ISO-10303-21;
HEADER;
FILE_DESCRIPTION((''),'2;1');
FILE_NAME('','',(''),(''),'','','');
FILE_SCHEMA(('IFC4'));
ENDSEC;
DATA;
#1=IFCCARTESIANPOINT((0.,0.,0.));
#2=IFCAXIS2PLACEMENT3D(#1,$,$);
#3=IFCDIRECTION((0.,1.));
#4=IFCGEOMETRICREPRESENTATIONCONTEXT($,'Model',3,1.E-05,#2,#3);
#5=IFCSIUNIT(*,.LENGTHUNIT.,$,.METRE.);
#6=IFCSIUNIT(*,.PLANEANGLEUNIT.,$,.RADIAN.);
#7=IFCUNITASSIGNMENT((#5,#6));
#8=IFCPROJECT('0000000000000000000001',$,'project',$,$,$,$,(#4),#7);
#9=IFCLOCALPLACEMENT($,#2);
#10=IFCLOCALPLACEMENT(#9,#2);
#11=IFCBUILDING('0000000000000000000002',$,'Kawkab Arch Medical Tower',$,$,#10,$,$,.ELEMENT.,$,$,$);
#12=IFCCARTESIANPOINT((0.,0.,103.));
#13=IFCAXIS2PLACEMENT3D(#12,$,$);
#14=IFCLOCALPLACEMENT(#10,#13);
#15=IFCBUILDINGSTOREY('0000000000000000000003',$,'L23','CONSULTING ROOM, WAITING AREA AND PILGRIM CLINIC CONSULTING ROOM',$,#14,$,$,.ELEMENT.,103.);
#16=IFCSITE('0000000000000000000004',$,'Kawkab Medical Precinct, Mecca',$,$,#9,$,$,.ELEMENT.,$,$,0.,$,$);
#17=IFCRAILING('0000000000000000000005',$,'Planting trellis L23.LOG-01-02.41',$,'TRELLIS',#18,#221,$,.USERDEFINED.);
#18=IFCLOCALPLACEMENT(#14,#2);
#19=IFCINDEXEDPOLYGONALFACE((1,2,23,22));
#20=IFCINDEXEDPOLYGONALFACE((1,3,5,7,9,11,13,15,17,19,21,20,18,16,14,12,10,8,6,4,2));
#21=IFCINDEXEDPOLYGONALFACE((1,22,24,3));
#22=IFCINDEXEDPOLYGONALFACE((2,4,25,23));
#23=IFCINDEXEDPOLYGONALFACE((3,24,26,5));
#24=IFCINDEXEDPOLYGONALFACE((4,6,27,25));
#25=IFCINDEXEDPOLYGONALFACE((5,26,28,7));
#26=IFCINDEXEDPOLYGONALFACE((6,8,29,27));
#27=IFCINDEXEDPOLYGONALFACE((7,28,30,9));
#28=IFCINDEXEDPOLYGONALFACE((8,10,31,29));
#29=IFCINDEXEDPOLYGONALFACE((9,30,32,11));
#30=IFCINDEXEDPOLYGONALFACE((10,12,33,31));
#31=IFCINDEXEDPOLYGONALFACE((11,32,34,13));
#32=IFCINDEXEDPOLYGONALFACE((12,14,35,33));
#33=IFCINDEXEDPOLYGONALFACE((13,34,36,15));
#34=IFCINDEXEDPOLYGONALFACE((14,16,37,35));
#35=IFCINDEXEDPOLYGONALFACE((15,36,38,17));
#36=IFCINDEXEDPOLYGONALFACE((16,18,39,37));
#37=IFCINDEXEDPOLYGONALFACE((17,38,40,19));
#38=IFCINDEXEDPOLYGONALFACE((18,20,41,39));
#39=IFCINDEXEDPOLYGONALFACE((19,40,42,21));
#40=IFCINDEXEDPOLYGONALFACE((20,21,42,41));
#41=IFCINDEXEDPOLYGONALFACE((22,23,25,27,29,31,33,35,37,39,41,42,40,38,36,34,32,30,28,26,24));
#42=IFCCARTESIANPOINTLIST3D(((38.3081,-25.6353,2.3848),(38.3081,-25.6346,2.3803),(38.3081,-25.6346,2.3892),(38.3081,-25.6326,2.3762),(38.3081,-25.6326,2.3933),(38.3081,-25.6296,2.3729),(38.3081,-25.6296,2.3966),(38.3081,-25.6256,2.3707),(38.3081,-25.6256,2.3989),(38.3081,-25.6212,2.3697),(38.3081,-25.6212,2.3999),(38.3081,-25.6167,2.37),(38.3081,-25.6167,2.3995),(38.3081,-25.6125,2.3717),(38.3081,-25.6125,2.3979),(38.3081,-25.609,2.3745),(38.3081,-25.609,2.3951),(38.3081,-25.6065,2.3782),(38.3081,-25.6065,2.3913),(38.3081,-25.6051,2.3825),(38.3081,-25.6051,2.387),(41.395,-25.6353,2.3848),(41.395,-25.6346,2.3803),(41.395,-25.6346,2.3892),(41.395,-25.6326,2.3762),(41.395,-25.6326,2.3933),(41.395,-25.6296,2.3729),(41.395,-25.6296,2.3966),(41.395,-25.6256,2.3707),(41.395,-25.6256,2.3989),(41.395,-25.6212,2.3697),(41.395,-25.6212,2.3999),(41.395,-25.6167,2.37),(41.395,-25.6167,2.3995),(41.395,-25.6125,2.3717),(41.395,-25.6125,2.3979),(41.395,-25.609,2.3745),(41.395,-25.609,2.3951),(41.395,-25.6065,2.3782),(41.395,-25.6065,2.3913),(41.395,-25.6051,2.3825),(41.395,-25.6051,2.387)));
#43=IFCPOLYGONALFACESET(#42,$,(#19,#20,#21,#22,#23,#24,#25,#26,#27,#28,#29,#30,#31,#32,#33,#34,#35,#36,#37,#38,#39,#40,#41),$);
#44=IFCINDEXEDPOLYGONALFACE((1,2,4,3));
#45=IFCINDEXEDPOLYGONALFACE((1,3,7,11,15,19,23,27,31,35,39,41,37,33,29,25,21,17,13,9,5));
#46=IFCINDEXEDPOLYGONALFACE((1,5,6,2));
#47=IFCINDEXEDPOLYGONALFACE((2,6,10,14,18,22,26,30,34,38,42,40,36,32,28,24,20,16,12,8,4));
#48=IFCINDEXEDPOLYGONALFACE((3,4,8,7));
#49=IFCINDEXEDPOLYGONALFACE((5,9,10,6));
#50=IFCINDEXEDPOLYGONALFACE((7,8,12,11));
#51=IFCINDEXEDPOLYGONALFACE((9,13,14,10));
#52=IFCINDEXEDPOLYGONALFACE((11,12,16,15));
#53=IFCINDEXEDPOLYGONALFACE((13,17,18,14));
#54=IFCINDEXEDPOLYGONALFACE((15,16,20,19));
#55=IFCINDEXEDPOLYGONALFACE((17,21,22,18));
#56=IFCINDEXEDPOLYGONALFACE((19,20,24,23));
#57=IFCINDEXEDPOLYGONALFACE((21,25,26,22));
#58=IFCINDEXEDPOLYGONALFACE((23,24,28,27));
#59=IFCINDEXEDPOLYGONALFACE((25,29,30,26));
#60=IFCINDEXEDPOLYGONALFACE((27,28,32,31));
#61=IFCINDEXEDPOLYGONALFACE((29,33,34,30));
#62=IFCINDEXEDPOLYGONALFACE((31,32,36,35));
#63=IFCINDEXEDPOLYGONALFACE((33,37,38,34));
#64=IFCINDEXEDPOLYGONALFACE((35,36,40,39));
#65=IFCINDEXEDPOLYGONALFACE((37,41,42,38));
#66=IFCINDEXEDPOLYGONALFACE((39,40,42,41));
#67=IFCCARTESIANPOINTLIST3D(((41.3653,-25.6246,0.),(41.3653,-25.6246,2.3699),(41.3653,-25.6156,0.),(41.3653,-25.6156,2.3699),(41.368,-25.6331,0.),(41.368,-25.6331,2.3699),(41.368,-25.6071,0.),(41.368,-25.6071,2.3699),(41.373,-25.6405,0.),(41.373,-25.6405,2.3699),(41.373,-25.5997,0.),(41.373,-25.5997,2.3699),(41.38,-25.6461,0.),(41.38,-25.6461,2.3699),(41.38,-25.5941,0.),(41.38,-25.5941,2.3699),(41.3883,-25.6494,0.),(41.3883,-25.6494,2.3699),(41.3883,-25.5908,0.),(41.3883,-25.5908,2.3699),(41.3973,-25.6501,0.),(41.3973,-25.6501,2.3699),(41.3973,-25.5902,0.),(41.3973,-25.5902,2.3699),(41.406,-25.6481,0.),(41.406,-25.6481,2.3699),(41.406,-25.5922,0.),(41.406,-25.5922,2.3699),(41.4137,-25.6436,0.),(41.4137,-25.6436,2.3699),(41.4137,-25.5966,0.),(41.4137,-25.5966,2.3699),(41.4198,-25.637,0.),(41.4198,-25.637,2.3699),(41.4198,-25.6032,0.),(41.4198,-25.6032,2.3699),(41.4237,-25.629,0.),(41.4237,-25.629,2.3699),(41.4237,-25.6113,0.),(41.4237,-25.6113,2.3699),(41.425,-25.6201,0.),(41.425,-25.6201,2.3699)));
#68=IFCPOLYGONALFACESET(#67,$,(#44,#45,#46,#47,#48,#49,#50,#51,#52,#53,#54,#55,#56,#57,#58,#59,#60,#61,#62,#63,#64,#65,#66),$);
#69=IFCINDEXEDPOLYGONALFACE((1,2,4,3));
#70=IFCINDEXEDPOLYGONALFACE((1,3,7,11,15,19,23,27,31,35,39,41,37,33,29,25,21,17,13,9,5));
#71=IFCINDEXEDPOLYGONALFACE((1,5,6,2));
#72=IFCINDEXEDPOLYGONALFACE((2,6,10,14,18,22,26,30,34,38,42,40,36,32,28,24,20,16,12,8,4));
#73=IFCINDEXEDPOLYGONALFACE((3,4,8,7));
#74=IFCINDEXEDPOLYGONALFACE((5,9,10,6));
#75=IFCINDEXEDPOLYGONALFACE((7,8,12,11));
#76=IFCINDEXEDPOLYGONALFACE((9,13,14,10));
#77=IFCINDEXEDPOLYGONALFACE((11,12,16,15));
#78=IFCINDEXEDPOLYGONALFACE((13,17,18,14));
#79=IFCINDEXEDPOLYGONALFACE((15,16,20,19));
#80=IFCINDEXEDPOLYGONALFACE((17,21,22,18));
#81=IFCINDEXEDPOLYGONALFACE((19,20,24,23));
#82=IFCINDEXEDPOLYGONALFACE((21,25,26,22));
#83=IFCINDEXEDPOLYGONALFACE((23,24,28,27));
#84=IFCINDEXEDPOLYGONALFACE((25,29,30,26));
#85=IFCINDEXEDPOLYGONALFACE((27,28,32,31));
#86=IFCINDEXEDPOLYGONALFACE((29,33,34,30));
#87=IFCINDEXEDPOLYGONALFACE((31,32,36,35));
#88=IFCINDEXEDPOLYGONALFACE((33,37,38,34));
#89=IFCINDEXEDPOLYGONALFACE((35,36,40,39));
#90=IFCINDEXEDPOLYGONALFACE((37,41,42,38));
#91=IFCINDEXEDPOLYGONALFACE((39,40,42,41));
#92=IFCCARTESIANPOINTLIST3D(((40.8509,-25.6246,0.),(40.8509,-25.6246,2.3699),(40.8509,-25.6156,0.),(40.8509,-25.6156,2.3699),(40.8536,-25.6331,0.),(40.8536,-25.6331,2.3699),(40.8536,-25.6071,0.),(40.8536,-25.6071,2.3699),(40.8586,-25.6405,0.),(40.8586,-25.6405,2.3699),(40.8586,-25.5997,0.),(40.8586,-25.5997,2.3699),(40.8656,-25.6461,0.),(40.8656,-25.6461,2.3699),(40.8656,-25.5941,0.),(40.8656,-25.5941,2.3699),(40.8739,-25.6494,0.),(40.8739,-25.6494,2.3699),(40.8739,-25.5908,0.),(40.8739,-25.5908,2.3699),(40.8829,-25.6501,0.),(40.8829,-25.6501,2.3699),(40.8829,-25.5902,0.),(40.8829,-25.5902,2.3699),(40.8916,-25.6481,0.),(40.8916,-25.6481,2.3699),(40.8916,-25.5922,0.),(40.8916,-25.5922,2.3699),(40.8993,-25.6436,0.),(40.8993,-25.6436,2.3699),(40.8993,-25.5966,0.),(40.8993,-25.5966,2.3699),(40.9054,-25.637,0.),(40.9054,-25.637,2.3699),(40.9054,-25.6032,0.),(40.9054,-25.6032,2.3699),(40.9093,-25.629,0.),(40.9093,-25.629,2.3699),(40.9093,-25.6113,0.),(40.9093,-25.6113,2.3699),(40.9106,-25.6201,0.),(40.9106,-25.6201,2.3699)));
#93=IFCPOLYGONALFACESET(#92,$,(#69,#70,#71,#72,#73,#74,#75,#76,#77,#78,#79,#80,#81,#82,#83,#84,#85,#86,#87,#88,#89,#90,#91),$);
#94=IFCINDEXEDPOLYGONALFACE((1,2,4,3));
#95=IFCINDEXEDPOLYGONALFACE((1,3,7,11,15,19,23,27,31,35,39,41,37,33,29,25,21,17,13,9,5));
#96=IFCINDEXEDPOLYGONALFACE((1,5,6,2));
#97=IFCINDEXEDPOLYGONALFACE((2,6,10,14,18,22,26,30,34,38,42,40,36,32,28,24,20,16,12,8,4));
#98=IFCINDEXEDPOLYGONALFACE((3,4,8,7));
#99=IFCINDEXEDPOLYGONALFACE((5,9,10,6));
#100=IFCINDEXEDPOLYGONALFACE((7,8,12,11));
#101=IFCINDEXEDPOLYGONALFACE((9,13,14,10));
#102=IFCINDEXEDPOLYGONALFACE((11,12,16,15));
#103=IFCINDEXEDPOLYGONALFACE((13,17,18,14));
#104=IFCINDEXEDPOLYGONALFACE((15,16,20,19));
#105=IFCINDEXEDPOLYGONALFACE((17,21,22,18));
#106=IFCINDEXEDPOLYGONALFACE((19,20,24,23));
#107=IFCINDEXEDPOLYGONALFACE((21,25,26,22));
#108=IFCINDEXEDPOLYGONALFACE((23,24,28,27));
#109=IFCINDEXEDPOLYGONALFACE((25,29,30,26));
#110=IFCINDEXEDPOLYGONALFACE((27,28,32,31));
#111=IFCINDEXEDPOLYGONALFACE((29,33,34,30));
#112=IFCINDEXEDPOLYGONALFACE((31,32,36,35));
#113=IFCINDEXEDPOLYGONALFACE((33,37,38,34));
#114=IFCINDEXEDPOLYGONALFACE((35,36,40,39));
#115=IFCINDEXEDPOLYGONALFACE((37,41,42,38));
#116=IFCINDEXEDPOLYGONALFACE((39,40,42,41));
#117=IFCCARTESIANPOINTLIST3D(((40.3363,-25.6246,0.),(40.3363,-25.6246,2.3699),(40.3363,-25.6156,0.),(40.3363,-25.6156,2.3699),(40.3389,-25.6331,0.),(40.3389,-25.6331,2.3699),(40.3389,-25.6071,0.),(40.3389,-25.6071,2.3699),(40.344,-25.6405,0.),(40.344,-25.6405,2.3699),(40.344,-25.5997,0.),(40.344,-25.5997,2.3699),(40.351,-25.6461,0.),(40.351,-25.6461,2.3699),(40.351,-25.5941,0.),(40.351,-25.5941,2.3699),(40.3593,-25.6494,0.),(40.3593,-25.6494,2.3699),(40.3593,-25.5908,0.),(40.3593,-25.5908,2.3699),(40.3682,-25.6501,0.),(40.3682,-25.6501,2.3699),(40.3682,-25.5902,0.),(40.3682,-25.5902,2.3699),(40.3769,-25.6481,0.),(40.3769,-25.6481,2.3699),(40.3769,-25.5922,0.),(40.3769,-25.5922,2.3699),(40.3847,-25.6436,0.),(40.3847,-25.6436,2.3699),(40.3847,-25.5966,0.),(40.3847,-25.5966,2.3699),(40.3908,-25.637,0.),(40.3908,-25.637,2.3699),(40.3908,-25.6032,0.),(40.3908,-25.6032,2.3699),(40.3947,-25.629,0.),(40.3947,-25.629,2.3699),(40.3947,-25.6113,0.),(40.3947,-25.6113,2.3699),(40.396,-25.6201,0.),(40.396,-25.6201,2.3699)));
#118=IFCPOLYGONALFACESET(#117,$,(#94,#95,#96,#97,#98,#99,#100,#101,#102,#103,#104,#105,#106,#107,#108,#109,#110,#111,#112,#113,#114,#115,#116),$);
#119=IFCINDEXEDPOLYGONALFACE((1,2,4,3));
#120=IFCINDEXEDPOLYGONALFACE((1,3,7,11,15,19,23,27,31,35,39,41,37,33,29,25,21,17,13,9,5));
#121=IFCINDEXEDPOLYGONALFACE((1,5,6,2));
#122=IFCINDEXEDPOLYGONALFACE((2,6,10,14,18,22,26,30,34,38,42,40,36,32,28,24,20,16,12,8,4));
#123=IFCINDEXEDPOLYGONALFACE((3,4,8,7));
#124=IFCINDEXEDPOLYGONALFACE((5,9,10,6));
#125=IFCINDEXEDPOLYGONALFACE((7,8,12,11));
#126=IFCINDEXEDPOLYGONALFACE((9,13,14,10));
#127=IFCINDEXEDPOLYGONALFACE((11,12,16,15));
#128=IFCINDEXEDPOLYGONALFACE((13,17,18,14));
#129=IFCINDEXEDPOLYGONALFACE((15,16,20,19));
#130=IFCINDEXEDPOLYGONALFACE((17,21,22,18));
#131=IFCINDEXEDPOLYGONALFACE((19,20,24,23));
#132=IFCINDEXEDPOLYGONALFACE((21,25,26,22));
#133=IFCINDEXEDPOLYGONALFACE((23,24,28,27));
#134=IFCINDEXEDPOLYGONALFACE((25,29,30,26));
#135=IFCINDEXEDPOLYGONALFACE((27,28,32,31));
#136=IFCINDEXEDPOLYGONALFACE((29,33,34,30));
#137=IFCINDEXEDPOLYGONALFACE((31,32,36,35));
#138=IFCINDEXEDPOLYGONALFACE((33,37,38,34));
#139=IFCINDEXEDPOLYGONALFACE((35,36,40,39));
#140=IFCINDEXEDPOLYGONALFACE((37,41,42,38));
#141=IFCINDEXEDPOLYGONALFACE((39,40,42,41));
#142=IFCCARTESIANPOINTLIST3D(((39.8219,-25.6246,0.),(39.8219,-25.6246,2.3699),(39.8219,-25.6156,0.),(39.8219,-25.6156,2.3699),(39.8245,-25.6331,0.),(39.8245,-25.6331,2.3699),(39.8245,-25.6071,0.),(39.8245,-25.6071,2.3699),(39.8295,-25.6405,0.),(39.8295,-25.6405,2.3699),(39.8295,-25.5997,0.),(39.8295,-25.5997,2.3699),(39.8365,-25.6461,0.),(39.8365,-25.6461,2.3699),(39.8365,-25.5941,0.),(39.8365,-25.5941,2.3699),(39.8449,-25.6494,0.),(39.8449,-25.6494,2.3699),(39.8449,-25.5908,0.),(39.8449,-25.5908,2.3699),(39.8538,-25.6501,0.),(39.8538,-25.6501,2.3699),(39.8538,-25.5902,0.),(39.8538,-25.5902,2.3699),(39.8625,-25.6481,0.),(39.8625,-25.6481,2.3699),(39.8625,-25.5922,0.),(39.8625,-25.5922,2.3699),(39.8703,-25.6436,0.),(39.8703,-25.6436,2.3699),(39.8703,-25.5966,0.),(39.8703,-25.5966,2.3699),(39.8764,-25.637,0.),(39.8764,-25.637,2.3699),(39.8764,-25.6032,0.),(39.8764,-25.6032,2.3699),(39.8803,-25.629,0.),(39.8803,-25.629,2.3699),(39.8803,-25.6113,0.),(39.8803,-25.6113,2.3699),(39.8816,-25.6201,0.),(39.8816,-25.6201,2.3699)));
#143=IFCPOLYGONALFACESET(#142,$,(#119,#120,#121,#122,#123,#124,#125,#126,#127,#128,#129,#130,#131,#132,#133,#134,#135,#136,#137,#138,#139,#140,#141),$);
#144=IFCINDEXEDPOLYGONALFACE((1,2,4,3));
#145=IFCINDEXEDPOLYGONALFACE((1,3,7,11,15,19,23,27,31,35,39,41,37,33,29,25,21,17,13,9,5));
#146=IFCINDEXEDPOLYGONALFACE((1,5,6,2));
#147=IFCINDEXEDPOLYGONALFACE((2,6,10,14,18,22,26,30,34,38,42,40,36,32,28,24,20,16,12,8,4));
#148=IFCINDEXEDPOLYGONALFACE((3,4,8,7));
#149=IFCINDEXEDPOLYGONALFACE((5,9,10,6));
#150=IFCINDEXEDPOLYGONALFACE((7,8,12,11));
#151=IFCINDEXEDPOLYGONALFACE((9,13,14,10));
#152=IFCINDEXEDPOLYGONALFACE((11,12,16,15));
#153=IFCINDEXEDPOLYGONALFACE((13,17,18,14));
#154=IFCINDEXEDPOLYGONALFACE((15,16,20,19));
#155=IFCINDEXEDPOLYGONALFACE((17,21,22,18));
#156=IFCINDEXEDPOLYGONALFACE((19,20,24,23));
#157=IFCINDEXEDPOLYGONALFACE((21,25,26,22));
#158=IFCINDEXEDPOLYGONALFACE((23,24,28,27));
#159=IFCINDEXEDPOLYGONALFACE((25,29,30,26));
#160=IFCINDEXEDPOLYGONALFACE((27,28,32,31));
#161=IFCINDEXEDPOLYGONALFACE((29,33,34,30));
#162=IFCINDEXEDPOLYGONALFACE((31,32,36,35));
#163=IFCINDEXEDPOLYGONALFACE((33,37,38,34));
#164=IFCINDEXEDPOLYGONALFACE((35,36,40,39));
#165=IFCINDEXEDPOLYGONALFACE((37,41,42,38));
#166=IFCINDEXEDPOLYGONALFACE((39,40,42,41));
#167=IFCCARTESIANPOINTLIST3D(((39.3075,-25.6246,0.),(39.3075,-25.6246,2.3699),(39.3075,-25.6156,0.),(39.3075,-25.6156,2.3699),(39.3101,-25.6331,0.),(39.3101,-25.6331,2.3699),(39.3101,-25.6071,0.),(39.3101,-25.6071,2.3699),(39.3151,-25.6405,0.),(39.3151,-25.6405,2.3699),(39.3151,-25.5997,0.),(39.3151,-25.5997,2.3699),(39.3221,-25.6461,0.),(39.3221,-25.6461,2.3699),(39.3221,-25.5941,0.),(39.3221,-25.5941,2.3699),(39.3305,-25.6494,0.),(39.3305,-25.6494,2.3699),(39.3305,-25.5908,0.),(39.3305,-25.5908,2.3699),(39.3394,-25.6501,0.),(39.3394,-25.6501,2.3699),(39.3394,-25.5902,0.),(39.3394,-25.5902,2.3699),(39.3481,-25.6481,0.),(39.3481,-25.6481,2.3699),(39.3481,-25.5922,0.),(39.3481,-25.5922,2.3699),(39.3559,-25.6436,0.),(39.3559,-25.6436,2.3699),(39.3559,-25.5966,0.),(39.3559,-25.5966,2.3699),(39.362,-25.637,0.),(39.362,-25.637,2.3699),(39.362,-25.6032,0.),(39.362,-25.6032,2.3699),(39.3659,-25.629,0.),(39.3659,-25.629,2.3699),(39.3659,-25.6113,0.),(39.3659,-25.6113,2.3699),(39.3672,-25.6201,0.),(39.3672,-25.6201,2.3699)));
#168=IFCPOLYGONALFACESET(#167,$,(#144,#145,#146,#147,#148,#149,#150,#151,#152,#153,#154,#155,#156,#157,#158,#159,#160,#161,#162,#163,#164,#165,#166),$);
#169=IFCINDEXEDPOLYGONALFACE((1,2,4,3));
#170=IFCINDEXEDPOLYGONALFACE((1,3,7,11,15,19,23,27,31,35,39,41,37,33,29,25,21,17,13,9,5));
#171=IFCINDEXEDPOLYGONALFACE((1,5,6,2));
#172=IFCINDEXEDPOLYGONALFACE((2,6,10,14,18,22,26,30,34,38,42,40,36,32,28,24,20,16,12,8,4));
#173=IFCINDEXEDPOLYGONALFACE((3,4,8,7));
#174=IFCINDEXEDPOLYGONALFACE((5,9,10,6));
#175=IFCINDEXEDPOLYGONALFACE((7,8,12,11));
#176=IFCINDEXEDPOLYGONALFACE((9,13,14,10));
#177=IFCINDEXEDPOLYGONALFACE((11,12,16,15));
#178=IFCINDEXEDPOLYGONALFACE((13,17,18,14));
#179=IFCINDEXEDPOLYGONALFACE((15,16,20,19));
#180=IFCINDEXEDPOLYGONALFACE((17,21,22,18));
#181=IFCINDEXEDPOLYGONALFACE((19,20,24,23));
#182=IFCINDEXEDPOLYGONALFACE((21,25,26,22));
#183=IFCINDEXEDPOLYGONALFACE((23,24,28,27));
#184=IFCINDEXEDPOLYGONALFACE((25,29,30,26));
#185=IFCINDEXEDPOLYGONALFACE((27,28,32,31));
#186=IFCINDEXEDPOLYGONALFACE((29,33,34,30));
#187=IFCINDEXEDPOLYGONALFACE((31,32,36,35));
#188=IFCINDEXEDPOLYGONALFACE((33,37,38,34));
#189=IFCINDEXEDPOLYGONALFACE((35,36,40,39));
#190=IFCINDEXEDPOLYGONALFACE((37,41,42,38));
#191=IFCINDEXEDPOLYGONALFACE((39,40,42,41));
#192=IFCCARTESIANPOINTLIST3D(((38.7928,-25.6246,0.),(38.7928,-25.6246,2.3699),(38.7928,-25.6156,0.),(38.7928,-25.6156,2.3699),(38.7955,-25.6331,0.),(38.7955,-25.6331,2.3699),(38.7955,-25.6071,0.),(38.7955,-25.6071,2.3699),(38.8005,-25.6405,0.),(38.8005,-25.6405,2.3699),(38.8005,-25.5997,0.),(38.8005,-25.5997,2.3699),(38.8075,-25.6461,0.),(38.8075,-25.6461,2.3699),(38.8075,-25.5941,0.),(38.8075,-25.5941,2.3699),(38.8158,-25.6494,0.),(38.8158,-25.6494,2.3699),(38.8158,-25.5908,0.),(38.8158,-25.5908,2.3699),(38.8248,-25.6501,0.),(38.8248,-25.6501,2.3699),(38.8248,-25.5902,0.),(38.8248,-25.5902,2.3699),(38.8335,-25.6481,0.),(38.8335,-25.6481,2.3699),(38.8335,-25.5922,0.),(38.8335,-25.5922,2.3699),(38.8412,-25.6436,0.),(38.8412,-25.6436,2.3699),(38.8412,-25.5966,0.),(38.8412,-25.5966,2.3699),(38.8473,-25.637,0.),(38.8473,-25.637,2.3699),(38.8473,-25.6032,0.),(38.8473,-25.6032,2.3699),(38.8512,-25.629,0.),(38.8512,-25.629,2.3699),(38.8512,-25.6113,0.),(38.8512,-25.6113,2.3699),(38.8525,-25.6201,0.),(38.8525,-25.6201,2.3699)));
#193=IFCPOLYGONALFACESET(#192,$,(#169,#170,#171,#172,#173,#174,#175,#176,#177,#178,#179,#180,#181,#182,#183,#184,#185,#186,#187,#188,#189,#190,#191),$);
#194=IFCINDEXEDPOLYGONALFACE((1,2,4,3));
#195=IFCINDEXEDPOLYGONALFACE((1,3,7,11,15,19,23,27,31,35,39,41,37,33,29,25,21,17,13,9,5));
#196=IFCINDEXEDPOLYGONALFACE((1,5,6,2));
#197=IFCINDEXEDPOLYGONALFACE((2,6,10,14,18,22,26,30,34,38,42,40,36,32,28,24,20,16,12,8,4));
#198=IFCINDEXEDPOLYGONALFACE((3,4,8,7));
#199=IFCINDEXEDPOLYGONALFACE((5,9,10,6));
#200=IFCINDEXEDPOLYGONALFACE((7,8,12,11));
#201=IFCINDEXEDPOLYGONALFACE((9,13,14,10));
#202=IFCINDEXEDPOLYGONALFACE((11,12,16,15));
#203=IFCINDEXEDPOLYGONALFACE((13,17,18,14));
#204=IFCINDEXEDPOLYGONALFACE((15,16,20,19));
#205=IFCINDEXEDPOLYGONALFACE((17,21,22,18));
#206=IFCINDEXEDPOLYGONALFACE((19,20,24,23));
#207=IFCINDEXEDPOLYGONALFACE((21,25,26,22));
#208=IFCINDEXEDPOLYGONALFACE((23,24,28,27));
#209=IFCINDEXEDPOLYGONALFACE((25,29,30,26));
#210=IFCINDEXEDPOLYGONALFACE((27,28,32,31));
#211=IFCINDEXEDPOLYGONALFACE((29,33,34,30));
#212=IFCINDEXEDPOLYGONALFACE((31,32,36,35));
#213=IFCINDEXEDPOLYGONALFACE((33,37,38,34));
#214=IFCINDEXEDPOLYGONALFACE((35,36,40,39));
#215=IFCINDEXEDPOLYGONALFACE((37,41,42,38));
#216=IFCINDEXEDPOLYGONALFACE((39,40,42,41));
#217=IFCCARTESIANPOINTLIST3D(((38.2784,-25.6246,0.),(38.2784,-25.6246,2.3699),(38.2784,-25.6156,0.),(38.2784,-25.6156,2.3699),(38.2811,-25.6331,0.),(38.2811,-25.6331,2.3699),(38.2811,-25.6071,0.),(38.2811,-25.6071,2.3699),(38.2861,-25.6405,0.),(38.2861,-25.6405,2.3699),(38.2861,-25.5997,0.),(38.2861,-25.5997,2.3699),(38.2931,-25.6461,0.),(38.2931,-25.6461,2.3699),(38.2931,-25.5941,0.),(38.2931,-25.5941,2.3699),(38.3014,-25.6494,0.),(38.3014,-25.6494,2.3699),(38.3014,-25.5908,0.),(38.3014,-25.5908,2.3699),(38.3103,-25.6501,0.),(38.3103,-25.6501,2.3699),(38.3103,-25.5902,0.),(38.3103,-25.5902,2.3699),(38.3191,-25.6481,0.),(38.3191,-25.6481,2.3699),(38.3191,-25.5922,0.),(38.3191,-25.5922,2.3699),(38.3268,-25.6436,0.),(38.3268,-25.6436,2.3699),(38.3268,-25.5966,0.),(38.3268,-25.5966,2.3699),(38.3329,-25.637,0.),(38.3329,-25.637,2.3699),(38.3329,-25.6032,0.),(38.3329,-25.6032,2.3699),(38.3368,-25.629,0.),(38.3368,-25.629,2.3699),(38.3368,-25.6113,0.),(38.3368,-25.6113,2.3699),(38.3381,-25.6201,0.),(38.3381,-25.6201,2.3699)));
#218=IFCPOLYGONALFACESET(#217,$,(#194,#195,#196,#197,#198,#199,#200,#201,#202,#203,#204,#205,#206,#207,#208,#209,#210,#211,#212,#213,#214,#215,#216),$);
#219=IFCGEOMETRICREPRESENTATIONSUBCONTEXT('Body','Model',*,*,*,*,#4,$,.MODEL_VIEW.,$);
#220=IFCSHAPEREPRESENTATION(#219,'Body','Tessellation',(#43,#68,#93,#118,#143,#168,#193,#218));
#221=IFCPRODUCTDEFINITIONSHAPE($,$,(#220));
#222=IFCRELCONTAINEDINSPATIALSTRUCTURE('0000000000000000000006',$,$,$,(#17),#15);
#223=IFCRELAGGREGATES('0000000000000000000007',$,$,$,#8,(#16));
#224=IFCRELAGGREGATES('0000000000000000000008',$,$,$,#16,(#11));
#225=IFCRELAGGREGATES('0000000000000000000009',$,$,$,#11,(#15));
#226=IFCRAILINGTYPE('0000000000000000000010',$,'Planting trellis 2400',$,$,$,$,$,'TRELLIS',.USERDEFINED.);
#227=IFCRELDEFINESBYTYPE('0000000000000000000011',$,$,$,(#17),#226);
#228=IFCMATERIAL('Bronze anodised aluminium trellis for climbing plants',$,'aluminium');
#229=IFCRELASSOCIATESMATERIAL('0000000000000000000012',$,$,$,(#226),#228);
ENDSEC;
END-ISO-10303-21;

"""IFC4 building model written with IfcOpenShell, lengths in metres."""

from ifc_helpers import new_model, si_unit, direction, frame, origin, origin_2d, place, context, subcontext, project, spatial, circle, extrude, material, type_object, element, save


model = new_model("IFC4")

# Units and contexts
model_context = context("Model", 3, precision=1e-05, world=origin(), true_north=direction((0.0, 1.0)))
body_context = subcontext(model_context, "Body", "Model", "MODEL_VIEW")
ifc_project = project(units=[si_unit("LENGTHUNIT", "METRE"), si_unit("PLANEANGLEUNIT", "RADIAN")], contexts=[model_context])

# Site, building, storey
site_placement = place(None, origin())
site = spatial("IfcSite", under=ifc_project, at=site_placement, Name="Kawkab Medical Precinct, Mecca", CompositionType="ELEMENT", RefElevation=0.0)
building_placement = place(site_placement, origin())
building = spatial("IfcBuilding", under=site, at=building_placement, Name="Kawkab Arch Medical Tower", CompositionType="ELEMENT")
storey_placement = place(building_placement, frame((0.0, 0.0, 103.0)))
storey = spatial("IfcBuildingStorey", under=building, at=storey_placement, Name="L23", Description="CONSULTING ROOM, WAITING AREA AND PILGRIM CLINIC CONSULTING ROOM", CompositionType="ELEMENT", Elevation=103.0)

# Railing
ifc_material_1 = material(Name="Bronze anodised aluminium trellis for climbing plants", Category="aluminium")
railing_type = type_object("IfcRailingType", Name="Planting trellis 2400", ElementType="TRELLIS", PredefinedType="USERDEFINED", material=ifc_material_1)
railing_1_placement = place(storey_placement, frame((41.395, -25.6201, 0.0)))
element("IfcRailing", 1, at=railing_1_placement, inside=storey, type_object=railing_type, Name="Planting trellis L23.LOG-01-02.41", ObjectType="TRELLIS", PredefinedType="USERDEFINED", context=body_context, shape_type="SweptSolid", body=[
    extrude(circle(Radius=0.0151, at=origin_2d()), frame((0.0, 0.0, 2.3848), z_axis=(-1.0, 0.0, 0.0), x_axis=(0.0, -1.0, 0.0)), (0.0, 0.0, 1.0), 3.0869),
    extrude(circle(Radius=0.03, at=origin_2d()), origin(), (0.0, 0.0, 1.0), 2.3699),
    extrude(circle(Radius=0.03, at=origin_2d()), frame((-0.5144, 0.0, 0.0)), (0.0, 0.0, 1.0), 2.3699),
    extrude(circle(Radius=0.03, at=origin_2d()), frame((-1.0291, 0.0, 0.0)), (0.0, 0.0, 1.0), 2.3699),
    extrude(circle(Radius=0.03, at=origin_2d()), frame((-1.5435, 0.0, 0.0)), (0.0, 0.0, 1.0), 2.3699),
    extrude(circle(Radius=0.03, at=origin_2d()), frame((-2.0579, 0.0, 0.0)), (0.0, 0.0, 1.0), 2.3699),
    extrude(circle(Radius=0.03, at=origin_2d()), frame((-2.5725, 0.0, 0.0)), (0.0, 0.0, 1.0), 2.3699),
    extrude(circle(Radius=0.03, at=origin_2d()), frame((-3.0869, 0.0, 0.0)), (0.0, 0.0, 1.0), 2.3699),
])

save(model, "model.ifc")
